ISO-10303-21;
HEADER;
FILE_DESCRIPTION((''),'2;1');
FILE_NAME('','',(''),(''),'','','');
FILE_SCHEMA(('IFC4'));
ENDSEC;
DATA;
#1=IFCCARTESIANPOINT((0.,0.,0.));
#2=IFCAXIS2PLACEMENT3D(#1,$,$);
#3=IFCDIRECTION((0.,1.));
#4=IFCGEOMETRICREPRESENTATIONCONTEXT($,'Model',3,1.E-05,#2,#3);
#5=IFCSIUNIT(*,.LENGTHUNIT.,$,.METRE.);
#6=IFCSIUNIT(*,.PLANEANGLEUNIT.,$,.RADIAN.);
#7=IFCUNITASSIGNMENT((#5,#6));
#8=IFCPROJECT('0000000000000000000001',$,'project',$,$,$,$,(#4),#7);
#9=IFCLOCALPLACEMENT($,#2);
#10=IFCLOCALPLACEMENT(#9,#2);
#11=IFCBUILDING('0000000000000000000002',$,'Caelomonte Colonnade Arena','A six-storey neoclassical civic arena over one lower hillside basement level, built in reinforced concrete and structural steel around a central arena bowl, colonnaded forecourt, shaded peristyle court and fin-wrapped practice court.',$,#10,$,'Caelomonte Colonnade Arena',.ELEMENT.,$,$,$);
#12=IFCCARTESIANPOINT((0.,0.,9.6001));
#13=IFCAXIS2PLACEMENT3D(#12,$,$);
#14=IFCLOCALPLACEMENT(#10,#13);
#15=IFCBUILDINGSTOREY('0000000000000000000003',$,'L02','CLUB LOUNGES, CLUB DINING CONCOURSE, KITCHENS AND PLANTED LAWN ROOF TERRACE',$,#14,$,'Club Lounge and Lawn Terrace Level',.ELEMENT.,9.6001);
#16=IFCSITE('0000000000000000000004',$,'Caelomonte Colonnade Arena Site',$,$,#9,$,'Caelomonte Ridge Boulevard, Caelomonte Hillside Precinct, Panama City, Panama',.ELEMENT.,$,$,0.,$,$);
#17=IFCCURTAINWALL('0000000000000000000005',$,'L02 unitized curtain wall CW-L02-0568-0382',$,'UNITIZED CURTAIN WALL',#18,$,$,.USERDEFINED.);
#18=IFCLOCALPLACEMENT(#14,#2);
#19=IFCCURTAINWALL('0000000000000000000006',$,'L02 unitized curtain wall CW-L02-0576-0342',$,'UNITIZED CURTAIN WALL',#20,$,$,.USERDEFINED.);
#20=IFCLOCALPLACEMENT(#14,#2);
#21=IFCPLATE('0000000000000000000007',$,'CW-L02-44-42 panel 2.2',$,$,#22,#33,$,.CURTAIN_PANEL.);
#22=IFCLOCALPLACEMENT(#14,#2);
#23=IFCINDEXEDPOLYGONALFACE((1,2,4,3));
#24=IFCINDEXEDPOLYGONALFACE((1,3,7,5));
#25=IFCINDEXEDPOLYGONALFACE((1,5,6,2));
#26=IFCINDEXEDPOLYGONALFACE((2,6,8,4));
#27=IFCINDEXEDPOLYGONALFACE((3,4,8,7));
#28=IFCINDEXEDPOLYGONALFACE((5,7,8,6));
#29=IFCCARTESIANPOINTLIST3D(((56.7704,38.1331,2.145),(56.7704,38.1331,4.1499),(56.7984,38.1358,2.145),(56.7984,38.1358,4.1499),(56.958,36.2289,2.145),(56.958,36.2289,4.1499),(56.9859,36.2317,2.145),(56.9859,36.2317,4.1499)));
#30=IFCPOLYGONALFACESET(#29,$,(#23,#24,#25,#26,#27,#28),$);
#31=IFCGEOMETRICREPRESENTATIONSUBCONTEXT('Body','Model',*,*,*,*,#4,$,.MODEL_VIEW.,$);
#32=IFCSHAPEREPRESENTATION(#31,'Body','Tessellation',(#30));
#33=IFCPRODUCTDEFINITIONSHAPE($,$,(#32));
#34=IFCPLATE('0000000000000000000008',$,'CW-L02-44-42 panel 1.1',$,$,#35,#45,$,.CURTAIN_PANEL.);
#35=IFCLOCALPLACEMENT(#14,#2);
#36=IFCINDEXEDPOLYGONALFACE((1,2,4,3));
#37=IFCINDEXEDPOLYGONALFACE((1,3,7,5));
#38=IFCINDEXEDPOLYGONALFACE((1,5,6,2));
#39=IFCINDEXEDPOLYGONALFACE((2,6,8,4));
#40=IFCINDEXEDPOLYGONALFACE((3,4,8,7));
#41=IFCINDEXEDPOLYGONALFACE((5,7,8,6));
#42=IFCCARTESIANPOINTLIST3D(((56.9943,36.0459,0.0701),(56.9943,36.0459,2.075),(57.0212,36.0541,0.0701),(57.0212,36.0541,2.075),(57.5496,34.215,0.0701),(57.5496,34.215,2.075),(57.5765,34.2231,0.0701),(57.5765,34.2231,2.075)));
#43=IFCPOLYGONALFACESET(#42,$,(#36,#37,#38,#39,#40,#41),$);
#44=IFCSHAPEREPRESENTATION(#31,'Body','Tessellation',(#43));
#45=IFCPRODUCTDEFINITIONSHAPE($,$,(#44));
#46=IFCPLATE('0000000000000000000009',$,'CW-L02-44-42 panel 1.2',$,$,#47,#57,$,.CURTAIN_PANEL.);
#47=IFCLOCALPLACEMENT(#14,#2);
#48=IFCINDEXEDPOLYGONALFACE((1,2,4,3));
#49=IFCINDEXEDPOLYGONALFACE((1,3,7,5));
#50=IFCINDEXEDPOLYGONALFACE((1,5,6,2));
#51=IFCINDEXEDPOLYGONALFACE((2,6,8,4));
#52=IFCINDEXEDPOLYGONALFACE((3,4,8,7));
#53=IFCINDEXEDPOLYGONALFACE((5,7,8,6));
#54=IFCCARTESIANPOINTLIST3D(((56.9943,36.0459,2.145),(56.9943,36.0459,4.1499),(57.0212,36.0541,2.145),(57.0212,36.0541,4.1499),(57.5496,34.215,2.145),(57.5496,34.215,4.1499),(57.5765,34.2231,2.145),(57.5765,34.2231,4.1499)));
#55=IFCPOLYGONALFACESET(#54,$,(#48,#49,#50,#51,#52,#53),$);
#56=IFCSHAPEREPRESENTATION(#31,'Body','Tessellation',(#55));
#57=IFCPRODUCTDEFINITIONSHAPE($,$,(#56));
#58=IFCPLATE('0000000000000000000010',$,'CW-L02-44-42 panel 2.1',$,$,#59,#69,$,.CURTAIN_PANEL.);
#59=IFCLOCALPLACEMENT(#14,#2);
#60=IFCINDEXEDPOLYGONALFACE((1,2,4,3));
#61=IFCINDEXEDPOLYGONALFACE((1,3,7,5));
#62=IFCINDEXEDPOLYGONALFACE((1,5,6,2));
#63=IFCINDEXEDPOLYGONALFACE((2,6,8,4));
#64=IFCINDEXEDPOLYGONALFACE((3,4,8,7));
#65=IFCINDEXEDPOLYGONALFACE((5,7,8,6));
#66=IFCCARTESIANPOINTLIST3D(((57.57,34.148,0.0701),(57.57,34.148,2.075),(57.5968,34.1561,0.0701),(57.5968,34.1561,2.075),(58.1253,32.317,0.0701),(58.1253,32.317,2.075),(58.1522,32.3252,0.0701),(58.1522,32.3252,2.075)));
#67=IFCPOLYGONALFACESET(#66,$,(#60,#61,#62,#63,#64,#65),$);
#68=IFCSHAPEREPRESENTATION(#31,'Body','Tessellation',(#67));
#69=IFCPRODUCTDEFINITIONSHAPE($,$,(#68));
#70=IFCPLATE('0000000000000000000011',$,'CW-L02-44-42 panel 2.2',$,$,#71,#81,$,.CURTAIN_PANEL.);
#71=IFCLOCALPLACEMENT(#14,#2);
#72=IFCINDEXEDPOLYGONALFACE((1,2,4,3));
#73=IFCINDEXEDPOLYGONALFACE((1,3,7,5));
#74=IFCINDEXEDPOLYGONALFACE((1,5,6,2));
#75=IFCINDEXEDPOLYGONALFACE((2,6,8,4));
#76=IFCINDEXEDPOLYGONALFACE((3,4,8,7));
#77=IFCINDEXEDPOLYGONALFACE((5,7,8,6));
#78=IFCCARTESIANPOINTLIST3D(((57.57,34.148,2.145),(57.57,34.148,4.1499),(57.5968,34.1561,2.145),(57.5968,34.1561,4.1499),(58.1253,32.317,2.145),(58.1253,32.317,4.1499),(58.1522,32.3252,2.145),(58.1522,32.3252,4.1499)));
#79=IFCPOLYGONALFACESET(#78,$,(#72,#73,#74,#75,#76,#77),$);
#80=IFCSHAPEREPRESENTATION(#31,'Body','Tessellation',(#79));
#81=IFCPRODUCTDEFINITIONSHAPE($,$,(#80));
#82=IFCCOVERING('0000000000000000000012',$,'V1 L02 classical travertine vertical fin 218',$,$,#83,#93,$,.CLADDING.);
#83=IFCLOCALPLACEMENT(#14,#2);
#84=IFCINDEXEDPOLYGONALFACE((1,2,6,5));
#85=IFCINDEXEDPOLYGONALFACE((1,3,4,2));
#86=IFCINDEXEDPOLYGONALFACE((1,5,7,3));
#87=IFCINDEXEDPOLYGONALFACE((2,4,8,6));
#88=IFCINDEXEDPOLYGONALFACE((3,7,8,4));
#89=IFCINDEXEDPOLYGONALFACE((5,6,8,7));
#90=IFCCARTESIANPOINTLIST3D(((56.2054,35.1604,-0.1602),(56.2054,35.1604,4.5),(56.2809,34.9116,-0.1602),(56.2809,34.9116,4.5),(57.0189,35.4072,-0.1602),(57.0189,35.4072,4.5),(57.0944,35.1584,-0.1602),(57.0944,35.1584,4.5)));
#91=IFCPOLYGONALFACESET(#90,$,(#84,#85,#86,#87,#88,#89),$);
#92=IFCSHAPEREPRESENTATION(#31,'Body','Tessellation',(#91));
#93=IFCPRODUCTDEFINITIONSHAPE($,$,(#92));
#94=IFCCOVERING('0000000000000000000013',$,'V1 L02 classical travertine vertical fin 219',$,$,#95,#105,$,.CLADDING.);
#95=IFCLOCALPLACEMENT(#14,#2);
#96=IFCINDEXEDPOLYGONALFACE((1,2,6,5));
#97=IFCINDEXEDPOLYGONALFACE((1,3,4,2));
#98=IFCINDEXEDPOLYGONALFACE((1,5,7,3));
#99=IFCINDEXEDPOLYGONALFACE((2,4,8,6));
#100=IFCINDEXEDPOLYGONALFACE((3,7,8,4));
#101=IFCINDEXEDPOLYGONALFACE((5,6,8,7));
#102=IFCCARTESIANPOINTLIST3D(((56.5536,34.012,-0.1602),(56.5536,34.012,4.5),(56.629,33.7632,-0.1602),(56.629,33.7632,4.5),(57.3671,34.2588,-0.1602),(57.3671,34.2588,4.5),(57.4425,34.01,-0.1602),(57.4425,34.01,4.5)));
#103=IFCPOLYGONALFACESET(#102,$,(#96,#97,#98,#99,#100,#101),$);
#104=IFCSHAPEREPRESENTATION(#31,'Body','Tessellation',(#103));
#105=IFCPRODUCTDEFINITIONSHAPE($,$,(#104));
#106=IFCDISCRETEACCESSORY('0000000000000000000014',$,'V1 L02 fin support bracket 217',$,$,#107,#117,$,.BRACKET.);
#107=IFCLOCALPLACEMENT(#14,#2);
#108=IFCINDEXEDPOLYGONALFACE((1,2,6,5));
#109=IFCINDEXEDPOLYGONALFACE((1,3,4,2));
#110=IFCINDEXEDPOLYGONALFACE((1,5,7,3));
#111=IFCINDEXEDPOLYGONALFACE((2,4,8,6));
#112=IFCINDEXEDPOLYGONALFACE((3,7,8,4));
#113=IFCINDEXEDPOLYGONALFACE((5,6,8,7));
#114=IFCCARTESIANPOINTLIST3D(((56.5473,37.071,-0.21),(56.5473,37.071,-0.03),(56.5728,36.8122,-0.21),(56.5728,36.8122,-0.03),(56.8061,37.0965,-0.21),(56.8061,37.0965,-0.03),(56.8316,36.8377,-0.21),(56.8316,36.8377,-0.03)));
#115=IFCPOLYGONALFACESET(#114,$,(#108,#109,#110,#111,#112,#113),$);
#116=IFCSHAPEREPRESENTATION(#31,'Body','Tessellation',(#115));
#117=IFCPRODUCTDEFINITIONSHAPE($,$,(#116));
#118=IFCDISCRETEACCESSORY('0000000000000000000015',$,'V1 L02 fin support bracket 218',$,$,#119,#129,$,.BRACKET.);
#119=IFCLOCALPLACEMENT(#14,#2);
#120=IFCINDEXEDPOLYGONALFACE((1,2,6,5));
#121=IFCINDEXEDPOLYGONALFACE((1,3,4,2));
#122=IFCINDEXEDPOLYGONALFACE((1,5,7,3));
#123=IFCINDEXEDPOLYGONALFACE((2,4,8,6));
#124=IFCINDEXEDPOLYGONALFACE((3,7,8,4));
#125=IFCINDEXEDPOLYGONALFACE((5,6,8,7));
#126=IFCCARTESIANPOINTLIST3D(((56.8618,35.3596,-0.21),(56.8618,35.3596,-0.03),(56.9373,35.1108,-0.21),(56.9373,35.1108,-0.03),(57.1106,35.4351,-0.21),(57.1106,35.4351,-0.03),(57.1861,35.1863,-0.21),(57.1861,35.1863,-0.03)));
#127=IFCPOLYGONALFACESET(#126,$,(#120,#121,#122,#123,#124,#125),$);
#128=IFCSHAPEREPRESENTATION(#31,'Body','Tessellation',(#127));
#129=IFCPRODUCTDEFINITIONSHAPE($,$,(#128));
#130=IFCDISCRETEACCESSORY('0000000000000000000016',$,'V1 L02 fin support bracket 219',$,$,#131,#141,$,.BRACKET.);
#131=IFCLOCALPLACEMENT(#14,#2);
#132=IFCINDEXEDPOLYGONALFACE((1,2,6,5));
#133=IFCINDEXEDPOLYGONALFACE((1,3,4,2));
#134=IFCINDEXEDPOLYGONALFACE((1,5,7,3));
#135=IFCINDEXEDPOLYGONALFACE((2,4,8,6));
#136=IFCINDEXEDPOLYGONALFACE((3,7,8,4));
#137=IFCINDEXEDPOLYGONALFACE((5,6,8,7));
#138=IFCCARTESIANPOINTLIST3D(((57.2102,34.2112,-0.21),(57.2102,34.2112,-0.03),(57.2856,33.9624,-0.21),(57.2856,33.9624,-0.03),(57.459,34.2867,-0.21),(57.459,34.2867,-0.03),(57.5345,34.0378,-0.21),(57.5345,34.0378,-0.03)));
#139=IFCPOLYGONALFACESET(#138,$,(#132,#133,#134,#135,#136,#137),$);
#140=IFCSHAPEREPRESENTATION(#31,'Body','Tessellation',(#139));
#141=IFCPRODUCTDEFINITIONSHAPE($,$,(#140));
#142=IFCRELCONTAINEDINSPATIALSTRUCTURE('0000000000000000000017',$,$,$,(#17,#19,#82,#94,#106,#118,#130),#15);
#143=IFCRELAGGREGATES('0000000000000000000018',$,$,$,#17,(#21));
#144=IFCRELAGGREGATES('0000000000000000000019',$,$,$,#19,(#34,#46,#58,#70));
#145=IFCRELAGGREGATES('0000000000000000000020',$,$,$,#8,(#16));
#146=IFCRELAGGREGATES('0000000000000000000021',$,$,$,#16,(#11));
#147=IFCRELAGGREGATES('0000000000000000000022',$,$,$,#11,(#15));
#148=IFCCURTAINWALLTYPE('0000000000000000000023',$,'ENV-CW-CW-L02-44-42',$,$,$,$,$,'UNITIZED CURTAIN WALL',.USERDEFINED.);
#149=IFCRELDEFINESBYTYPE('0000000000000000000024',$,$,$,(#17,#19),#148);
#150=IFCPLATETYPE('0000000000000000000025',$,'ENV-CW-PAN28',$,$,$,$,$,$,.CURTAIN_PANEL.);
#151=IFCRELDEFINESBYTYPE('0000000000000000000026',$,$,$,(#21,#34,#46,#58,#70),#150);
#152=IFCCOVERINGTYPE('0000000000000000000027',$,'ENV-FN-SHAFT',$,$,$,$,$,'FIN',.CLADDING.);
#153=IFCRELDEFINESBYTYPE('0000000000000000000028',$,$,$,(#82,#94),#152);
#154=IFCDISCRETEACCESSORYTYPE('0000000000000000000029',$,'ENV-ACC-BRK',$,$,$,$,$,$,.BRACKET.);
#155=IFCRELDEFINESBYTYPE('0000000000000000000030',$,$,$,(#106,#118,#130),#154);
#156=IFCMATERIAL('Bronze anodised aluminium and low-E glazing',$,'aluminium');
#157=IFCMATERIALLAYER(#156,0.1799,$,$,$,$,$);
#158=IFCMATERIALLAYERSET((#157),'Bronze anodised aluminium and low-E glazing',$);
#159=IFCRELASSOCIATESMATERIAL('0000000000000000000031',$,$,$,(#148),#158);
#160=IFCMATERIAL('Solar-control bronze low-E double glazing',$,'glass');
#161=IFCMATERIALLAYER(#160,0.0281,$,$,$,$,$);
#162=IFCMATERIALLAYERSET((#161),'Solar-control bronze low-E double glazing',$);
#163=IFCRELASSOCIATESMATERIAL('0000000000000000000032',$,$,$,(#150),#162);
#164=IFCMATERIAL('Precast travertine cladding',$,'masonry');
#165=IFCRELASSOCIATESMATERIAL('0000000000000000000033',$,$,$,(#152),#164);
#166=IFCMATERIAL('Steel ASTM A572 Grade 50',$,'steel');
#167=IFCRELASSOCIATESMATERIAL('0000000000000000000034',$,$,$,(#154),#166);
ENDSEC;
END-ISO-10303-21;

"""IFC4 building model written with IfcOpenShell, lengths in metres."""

from ifc_helpers import new_model, si_unit, direction, frame, origin, origin_2d, place, context, subcontext, project, spatial, rectangle, extrude, material, layer, layer_set, material_profile, profile_set, type_object, element, aggregate, save


model = new_model("IFC4")

# Units and contexts
model_context = context("Model", 3, precision=1e-05, world=origin(), true_north=direction((0.0, 1.0)))
body_context = subcontext(model_context, "Body", "Model", "MODEL_VIEW")
ifc_project = project(units=[si_unit("LENGTHUNIT", "METRE"), si_unit("PLANEANGLEUNIT", "RADIAN")], contexts=[model_context])

# Site, building, storey
site_placement = place(None, origin())
site = spatial("IfcSite", under=ifc_project, at=site_placement, Name="Caelomonte Colonnade Arena Site", LongName="Caelomonte Ridge Boulevard, Caelomonte Hillside Precinct, Panama City, Panama", CompositionType="ELEMENT", RefElevation=0.0)
building_placement = place(site_placement, origin())
building = spatial("IfcBuilding", under=site, at=building_placement, Name="Caelomonte Colonnade Arena", Description="A six-storey neoclassical civic arena over one lower hillside basement level, built in reinforced concrete and structural steel around a central arena bowl, colonnaded forecourt, shaded peristyle court and fin-wrapped practice court.", LongName="Caelomonte Colonnade Arena", CompositionType="ELEMENT")
storey_placement = place(building_placement, frame((0.0, 0.0, 9.6001)))
storey = spatial("IfcBuildingStorey", under=building, at=storey_placement, Name="L02", Description="CLUB LOUNGES, CLUB DINING CONCOURSE, KITCHENS AND PLANTED LAWN ROOF TERRACE", LongName="Club Lounge and Lawn Terrace Level", CompositionType="ELEMENT", Elevation=9.6001)

# Curtain walls
ifc_material_1 = material(Name="Bronze anodised aluminium and low-E glazing", Category="aluminium")
ifc_layer_1 = layer(ifc_material_1, 0.1799)
ifc_layer_set_1 = layer_set([ifc_layer_1], Name="Bronze anodised aluminium and low-E glazing")
curtain_wall_type = type_object("IfcCurtainWallType", Name="ENV-CW-CW-L02-44-42", ElementType="UNITIZED CURTAIN WALL", PredefinedType="USERDEFINED", material=ifc_layer_set_1)
curtain_wall_1_placement = place(storey_placement, origin())
curtain_wall_1 = element("IfcCurtainWall", 1, at=curtain_wall_1_placement, inside=storey, type_object=curtain_wall_type, Name="L02 unitized curtain wall CW-L02-0568-0382", ObjectType="UNITIZED CURTAIN WALL", PredefinedType="USERDEFINED")
curtain_wall_2_placement = place(storey_placement, origin())
curtain_wall_2 = element("IfcCurtainWall", 2, at=curtain_wall_2_placement, inside=storey, type_object=curtain_wall_type, Name="L02 unitized curtain wall CW-L02-0576-0342", ObjectType="UNITIZED CURTAIN WALL", PredefinedType="USERDEFINED")

# Plates
ifc_material_2 = material(Name="Solar-control bronze low-E double glazing", Category="glass")
ifc_layer_2 = layer(ifc_material_2, 0.0281)
ifc_layer_set_2 = layer_set([ifc_layer_2], Name="Solar-control bronze low-E double glazing")
plate_type = type_object("IfcPlateType", Name="ENV-CW-PAN28", PredefinedType="CURTAIN_PANEL", material=ifc_layer_set_2)
plate_1_placement = place(storey_placement, frame((56.8782, 37.1824, 2.145), z_axis=(0.0, 0.0, 1.0), x_axis=(0.098002, -0.995186, 0.0)))
plate_1 = element("IfcPlate", 3, at=plate_1_placement, type_object=plate_type, Name="CW-L02-44-42 panel 2.2", PredefinedType="CURTAIN_PANEL", context=body_context, shape_type="SweptSolid", body=[
    extrude(rectangle(XDim=1.9133, YDim=0.0281, at=origin_2d()), origin(), (0.0, 0.0, 1.0), 2.0049),
])
aggregate(curtain_wall_1, [plate_1])
plate_2_placement = place(storey_placement, frame((57.2854, 35.1345, 0.0701), z_axis=(0.0, 0.0, 1.0), x_axis=(0.290256, -0.956949, 0.0)))
plate_2 = element("IfcPlate", 4, at=plate_2_placement, type_object=plate_type, Name="CW-L02-44-42 panel 1.1", PredefinedType="CURTAIN_PANEL", context=body_context, shape_type="SweptSolid", body=[
    extrude(rectangle(XDim=1.9133, YDim=0.0281, at=origin_2d()), origin(), (0.0, 0.0, 1.0), 2.0049),
])
plate_3_placement = place(storey_placement, frame((57.2854, 35.1345, 2.145), z_axis=(0.0, 0.0, 1.0), x_axis=(0.290256, -0.956949, 0.0)))
plate_3 = element("IfcPlate", 5, at=plate_3_placement, type_object=plate_type, Name="CW-L02-44-42 panel 1.2", PredefinedType="CURTAIN_PANEL", context=body_context, shape_type="SweptSolid", body=[
    extrude(rectangle(XDim=1.9133, YDim=0.0281, at=origin_2d()), origin(), (0.0, 0.0, 1.0), 2.0049),
])
plate_4_placement = place(storey_placement, frame((57.8611, 33.2366, 0.0701), z_axis=(0.0, 0.0, 1.0), x_axis=(0.290256, -0.956949, 0.0)))
plate_4 = element("IfcPlate", 6, at=plate_4_placement, type_object=plate_type, Name="CW-L02-44-42 panel 2.1", PredefinedType="CURTAIN_PANEL", context=body_context, shape_type="SweptSolid", body=[
    extrude(rectangle(XDim=1.9133, YDim=0.0281, at=origin_2d()), origin(), (0.0, 0.0, 1.0), 2.0049),
])
plate_5_placement = place(storey_placement, frame((57.8611, 33.2366, 2.145), z_axis=(0.0, 0.0, 1.0), x_axis=(0.290256, -0.956949, 0.0)))
plate_5 = element("IfcPlate", 7, at=plate_5_placement, type_object=plate_type, Name="CW-L02-44-42 panel 2.2", PredefinedType="CURTAIN_PANEL", context=body_context, shape_type="SweptSolid", body=[
    extrude(rectangle(XDim=1.9133, YDim=0.0281, at=origin_2d()), origin(), (0.0, 0.0, 1.0), 2.0049),
])
aggregate(curtain_wall_2, [plate_2, plate_3, plate_4, plate_5])

# Coverings
ifc_material_3 = material(Name="Precast travertine cladding", Category="masonry")
ifc_material_profile_1 = material_profile(ifc_material_3, rectangle(XDim=0.26, YDim=0.8501, at=origin_2d()), Name="FIN260X850")
ifc_profile_set_1 = profile_set([ifc_material_profile_1], Name="Precast travertine cladding")
covering_type = type_object("IfcCoveringType", Name="ENV-FN-SHAFT", ElementType="FIN", PredefinedType="CLADDING", material=ifc_profile_set_1)
for number, where, z_axis, x_axis, name in (
    (8, (56.6499, 35.1594, -0.1602), (0.0, 0.0, 1.0), (-0.290276, 0.956943, 0.0), "V1 L02 classical travertine vertical fin 218"),
    (9, (56.998, 34.011, -0.1602), (0.0, 0.0, 1.0), (-0.290276, 0.956943, 0.0), "V1 L02 classical travertine vertical fin 219"),
):
    element("IfcCovering", number, at=place(storey_placement, frame(where, z_axis=z_axis, x_axis=x_axis)), inside=storey, type_object=covering_type, Name=name, PredefinedType="CLADDING", context=body_context, shape_type="SweptSolid", body=[
        extrude(rectangle(XDim=0.26, YDim=0.8501, at=origin_2d()), origin(), (0.0, 0.0, 1.0), 4.6602),
    ])

# Discrete accessories
ifc_material_4 = material(Name="Steel ASTM A572 Grade 50", Category="steel")
discrete_accessory_type = type_object("IfcDiscreteAccessoryType", Name="ENV-ACC-BRK", PredefinedType="BRACKET", material=ifc_material_4)
for number, where, z_axis, x_axis, name in (
    (10, (56.6895, 36.9543, -0.21), (0.0, 0.0, 1.0), (0.098015, -0.995185, 0.0), "V1 L02 fin support bracket 217"),
    (11, (57.0239, 35.2729, -0.21), (0.0, 0.0, 1.0), (0.290276, -0.956943, 0.0), "V1 L02 fin support bracket 218"),
    (12, (57.3723, 34.1245, -0.21), (0.0, 0.0, 1.0), (0.290276, -0.956943, 0.0), "V1 L02 fin support bracket 219"),
):
    element("IfcDiscreteAccessory", number, at=place(storey_placement, frame(where, z_axis=z_axis, x_axis=x_axis)), inside=storey, type_object=discrete_accessory_type, Name=name, PredefinedType="BRACKET", context=body_context, shape_type="SweptSolid", body=[
        extrude(rectangle(XDim=0.26, YDim=0.26, at=origin_2d()), origin(), (0.0, 0.0, 1.0), 0.1799),
    ])

save(model, "model.ifc")
